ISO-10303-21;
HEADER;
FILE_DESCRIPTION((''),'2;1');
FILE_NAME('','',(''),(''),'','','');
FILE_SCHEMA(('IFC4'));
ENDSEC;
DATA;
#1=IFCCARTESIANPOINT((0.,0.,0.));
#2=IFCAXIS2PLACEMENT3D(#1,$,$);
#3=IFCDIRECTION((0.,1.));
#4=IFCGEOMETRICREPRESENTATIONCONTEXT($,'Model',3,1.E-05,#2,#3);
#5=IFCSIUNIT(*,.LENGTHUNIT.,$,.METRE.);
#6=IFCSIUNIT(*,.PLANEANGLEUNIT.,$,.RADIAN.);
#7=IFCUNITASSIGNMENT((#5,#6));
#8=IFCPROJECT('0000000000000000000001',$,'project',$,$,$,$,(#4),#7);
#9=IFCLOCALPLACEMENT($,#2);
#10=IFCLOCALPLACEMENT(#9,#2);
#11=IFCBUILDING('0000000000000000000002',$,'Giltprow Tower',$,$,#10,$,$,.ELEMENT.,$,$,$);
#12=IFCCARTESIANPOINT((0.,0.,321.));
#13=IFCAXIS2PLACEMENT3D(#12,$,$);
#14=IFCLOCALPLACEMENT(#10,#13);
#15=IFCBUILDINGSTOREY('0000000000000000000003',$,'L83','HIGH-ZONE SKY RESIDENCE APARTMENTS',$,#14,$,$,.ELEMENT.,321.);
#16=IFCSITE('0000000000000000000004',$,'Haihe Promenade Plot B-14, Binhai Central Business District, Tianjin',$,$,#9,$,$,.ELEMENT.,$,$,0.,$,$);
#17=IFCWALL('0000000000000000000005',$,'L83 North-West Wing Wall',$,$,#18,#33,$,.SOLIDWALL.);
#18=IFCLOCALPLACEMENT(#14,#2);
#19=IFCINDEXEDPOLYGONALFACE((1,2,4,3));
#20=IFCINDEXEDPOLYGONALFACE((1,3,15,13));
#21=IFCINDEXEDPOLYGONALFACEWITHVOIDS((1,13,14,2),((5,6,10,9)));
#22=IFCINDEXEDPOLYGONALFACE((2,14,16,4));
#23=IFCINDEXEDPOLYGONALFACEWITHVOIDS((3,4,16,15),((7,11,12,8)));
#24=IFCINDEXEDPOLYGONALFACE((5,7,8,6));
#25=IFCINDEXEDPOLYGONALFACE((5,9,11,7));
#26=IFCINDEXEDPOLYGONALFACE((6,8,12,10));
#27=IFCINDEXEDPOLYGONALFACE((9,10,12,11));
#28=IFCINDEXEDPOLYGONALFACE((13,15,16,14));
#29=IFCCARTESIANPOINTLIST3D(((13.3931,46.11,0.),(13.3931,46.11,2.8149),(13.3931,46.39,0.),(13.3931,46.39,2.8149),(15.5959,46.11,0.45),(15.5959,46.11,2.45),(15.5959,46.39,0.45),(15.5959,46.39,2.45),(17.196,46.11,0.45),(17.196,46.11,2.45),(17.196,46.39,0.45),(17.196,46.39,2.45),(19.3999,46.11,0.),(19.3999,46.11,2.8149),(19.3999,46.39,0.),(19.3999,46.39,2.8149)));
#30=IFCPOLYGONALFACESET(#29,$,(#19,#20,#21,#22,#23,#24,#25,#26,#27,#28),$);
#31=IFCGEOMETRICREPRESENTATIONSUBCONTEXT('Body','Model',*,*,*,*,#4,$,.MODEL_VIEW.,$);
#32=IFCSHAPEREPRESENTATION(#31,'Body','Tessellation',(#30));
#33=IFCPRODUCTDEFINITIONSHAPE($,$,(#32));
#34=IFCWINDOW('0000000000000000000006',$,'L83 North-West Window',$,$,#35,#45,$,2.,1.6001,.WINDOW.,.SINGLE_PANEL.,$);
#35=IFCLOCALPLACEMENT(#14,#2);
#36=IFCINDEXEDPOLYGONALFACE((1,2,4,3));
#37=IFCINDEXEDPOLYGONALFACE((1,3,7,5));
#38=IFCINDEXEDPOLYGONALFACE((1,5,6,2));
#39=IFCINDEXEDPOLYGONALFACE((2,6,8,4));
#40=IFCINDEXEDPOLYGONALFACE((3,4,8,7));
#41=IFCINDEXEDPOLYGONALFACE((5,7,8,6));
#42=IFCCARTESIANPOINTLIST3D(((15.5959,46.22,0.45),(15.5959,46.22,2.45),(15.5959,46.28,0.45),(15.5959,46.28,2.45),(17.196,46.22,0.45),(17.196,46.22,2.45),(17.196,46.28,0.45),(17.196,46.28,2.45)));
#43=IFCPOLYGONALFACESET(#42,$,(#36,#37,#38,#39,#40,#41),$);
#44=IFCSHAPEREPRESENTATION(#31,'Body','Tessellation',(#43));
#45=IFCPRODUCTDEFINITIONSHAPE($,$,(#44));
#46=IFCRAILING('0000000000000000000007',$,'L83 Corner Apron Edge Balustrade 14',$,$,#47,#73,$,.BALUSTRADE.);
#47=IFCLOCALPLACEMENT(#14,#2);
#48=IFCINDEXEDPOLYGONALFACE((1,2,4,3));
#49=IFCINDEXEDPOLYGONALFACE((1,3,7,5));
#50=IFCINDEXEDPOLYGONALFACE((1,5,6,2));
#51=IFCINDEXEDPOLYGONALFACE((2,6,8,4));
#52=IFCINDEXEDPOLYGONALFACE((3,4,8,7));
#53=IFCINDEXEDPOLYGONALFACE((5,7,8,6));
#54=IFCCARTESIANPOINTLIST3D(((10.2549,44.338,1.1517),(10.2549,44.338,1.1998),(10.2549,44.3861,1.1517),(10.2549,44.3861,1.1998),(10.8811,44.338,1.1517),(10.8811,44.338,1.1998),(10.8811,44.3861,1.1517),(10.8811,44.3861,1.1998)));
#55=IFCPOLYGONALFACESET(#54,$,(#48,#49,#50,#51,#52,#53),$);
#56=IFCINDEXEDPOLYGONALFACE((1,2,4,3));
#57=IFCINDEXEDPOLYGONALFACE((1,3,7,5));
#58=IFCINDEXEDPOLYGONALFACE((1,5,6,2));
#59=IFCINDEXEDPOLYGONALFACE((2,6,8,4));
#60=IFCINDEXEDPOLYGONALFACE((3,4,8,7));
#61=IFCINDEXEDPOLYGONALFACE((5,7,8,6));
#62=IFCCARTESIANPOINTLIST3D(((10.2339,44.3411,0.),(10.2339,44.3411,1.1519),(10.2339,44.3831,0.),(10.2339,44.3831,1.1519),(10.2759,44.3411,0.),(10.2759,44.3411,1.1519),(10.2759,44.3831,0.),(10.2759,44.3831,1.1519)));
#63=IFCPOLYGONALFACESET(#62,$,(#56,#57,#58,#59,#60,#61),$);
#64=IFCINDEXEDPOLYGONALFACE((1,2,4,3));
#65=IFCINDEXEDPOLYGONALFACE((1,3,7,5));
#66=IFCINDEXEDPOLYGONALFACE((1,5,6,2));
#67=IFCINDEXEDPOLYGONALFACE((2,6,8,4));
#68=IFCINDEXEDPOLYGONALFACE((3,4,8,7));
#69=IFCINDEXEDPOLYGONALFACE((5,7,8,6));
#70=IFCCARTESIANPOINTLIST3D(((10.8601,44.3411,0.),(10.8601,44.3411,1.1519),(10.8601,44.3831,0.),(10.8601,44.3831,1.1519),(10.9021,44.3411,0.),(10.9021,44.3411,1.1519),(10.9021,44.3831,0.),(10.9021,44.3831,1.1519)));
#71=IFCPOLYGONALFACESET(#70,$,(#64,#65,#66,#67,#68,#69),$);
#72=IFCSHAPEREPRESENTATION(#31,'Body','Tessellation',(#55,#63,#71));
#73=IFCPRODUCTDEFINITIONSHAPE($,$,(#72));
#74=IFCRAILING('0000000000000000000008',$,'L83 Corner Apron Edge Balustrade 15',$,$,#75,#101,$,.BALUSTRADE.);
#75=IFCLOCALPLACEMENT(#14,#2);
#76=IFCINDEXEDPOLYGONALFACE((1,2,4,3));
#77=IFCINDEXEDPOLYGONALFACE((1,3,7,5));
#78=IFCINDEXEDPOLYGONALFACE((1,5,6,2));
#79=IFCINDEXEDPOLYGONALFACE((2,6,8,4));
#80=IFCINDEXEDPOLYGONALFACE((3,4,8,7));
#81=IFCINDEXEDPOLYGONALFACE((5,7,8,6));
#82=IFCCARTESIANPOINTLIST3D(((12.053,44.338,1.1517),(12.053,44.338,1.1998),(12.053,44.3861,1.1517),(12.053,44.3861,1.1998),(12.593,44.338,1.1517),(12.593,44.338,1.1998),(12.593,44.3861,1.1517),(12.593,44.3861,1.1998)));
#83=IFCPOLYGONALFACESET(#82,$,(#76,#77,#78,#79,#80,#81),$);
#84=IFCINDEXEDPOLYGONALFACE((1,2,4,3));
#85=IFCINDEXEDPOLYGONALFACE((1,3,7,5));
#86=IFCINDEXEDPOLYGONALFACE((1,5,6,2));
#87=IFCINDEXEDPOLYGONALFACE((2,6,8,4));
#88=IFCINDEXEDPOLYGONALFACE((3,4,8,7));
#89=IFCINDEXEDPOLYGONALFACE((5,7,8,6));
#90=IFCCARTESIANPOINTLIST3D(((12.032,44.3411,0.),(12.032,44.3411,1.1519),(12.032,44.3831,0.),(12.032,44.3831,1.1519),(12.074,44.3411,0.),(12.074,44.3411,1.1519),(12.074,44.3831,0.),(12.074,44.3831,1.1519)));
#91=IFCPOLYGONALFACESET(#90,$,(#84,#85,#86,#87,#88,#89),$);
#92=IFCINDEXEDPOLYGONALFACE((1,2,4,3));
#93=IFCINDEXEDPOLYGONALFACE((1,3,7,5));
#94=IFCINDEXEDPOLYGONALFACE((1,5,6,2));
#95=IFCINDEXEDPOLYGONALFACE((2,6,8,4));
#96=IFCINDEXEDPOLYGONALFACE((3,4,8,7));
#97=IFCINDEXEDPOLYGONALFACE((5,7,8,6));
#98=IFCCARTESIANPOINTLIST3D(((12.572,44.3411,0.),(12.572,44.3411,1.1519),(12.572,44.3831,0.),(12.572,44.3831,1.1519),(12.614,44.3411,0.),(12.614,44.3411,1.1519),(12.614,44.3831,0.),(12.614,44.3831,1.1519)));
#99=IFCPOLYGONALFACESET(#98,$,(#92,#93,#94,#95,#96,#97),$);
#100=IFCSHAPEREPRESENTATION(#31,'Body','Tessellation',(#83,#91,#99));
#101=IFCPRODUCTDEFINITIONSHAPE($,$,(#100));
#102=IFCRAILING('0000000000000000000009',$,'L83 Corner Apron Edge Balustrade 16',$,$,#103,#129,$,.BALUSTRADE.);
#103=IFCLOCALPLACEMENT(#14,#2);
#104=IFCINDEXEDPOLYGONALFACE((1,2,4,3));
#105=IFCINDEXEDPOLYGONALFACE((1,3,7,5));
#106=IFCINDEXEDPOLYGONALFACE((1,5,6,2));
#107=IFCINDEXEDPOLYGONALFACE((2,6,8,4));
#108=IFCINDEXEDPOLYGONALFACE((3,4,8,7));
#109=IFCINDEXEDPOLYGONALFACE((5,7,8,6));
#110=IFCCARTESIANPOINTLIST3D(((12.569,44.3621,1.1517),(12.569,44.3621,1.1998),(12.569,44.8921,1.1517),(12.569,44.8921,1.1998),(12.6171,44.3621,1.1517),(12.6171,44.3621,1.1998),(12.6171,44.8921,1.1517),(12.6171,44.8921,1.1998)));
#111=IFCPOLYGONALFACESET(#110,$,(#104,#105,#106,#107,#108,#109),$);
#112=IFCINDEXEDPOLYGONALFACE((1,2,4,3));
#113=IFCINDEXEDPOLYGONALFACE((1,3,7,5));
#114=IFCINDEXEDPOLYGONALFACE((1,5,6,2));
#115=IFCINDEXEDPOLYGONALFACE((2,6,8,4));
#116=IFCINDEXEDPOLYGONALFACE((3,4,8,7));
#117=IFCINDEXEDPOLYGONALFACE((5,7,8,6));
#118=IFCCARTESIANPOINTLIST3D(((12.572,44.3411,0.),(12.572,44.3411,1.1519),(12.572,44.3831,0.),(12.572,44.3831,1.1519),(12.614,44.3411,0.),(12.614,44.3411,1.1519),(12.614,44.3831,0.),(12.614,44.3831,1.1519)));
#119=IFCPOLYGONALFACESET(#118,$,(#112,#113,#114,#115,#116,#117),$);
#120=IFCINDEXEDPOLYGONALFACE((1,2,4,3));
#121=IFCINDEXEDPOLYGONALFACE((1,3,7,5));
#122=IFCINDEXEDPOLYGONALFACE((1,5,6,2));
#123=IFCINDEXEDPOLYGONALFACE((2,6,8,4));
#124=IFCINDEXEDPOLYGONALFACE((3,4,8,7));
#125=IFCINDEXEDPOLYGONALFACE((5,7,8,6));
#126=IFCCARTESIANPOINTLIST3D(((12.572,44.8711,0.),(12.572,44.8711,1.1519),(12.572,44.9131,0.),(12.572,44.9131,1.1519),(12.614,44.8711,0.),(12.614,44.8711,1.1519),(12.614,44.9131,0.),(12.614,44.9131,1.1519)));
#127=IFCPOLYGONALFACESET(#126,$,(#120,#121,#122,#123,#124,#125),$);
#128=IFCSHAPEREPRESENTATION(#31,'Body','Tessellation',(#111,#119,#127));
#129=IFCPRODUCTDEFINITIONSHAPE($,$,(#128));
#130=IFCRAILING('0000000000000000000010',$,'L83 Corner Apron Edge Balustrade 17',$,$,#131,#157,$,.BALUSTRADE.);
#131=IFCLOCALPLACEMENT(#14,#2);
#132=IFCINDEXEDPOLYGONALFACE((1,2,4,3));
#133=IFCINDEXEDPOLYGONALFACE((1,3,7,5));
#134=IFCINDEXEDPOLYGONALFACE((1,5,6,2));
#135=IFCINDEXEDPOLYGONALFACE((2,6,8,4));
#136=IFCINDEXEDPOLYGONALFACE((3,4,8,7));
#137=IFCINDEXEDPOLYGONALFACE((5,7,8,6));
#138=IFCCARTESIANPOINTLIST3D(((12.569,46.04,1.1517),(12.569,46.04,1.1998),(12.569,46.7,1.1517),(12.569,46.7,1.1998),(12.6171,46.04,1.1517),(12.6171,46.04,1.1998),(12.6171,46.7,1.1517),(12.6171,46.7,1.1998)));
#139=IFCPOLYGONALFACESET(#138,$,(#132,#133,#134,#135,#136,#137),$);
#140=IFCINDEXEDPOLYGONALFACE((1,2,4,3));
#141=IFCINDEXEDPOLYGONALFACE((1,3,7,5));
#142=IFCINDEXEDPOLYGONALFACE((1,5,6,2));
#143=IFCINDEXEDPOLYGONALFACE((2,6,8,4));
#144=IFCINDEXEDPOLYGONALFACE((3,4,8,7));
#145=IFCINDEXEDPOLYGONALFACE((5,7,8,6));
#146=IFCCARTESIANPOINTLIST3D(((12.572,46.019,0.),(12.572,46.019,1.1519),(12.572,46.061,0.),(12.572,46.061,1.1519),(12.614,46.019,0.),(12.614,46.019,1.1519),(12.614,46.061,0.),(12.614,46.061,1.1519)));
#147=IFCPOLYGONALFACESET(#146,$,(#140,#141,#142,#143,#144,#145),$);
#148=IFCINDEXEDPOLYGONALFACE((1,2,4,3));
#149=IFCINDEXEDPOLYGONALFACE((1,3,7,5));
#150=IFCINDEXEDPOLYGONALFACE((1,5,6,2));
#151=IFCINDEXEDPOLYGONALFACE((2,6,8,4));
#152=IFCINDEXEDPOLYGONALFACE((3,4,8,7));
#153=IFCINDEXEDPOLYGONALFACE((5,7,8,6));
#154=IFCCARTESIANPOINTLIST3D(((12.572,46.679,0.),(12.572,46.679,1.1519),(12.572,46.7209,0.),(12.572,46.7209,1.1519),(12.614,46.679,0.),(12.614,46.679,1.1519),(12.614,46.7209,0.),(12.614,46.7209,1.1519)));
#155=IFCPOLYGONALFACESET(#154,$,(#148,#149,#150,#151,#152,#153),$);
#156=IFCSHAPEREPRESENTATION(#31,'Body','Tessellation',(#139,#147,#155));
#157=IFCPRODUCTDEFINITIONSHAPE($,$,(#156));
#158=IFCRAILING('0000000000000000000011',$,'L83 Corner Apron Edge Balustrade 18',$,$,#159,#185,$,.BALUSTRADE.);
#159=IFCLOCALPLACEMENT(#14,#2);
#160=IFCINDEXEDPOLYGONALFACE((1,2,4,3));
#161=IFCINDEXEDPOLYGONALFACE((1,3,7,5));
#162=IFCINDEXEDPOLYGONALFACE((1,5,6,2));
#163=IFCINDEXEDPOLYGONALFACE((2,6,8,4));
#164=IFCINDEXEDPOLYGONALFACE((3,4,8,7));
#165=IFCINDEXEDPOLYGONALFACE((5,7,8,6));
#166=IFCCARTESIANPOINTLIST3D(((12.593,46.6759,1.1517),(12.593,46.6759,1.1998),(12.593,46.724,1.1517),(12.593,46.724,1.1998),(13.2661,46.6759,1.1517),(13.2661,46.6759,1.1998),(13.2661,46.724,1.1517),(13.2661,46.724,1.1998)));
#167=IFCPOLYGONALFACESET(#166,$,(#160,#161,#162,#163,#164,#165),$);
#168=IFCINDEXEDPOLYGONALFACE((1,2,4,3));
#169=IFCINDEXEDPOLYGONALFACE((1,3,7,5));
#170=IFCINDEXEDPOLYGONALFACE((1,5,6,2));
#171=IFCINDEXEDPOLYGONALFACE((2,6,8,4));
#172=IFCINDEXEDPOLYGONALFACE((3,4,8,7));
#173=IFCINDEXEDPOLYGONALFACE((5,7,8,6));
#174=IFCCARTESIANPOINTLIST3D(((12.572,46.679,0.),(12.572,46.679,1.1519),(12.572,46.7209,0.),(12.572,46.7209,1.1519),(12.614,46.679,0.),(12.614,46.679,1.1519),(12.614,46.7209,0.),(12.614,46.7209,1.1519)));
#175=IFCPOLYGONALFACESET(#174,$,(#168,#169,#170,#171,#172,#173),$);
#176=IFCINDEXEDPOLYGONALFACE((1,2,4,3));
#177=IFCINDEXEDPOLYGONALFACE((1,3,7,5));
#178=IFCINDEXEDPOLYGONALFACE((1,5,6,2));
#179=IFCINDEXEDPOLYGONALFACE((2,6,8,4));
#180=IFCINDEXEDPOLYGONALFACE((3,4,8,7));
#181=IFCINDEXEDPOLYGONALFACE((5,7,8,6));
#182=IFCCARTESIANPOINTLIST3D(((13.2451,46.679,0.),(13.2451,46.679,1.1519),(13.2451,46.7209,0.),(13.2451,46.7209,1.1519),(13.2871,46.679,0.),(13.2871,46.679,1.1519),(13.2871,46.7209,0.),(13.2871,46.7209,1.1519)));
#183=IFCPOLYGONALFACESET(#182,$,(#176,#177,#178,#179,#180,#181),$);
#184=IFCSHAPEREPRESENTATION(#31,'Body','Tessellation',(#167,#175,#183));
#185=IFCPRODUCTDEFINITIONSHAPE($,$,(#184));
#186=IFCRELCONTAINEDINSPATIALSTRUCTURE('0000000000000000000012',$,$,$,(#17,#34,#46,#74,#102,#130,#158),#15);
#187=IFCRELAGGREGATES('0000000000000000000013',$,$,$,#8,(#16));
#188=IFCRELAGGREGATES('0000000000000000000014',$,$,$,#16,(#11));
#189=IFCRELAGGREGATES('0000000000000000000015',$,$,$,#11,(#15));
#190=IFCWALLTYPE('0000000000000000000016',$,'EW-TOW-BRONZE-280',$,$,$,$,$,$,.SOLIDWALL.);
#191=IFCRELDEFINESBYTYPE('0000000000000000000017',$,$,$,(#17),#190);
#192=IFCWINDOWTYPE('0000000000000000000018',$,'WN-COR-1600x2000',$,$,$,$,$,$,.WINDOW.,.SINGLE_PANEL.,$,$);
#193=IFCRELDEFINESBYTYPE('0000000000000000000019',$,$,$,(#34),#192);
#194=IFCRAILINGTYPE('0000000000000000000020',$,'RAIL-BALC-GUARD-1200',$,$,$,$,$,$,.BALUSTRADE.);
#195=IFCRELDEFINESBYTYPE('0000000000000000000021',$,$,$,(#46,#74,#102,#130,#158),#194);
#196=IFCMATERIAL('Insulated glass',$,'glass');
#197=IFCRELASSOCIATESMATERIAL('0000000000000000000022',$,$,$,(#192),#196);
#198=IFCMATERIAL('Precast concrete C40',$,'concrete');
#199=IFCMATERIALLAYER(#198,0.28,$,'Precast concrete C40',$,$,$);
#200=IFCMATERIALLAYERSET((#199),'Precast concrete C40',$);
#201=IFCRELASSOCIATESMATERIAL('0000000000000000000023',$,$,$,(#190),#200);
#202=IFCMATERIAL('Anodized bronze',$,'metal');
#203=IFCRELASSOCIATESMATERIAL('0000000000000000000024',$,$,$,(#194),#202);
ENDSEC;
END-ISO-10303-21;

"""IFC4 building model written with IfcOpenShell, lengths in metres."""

from ifc_helpers import new_model, si_unit, direction, frame, frame_2d, origin, origin_2d, place, context, subcontext, project, spatial, rectangle, extrude, source, transform, mapped, material, layer, layer_set, type_object, element, fill, save


model = new_model("IFC4")

# Units and contexts
model_context = context("Model", 3, precision=1e-05, world=origin(), true_north=direction((0.0, 1.0)))
body_context = subcontext(model_context, "Body", "Model", "MODEL_VIEW")
ifc_project = project(units=[si_unit("LENGTHUNIT", "METRE"), si_unit("PLANEANGLEUNIT", "RADIAN")], contexts=[model_context])

# Site, building, storey
site_placement = place(None, origin())
site = spatial("IfcSite", under=ifc_project, at=site_placement, Name="Haihe Promenade Plot B-14, Binhai Central Business District, Tianjin", CompositionType="ELEMENT", RefElevation=0.0)
building_placement = place(site_placement, origin())
building = spatial("IfcBuilding", under=site, at=building_placement, Name="Giltprow Tower", CompositionType="ELEMENT")
storey_placement = place(building_placement, frame((0.0, 0.0, 321.0)))
storey = spatial("IfcBuildingStorey", under=building, at=storey_placement, Name="L83", Description="HIGH-ZONE SKY RESIDENCE APARTMENTS", CompositionType="ELEMENT", Elevation=321.0)

# Wall, opening, window
ifc_material_1 = material(Name="Precast concrete C40", Category="concrete")
ifc_material_2 = material(Name="Insulated glass", Category="glass")
window_type = type_object("IfcWindowType", Name="WN-COR-1600x2000", PartitioningType="SINGLE_PANEL", PredefinedType="WINDOW", material=ifc_material_2)
shared_shape_1 = source(origin(), body_context, "Body", "SweptSolid", [
    extrude(rectangle(XDim=1.6001, YDim=2.0, at=frame_2d((0.8, 1.0))), frame((0.0, 0.03, 0.0), z_axis=(0.0, -1.0, 0.0), x_axis=(1.0, 0.0, 0.0)), (0.0, 0.0, 1.0), 0.0601),
])
ifc_layer_1 = layer(ifc_material_1, 0.28, Name="Precast concrete C40")
ifc_layer_set_1 = layer_set([ifc_layer_1], Name="Precast concrete C40")
wall_type_1 = type_object("IfcWallType", Name="EW-TOW-BRONZE-280", PredefinedType="SOLIDWALL", material=ifc_layer_set_1)
wall_1_placement = place(storey_placement, frame((13.3931, 46.25, 0.0), z_axis=(0.0, 0.0, 1.0), x_axis=(1.0, 0.0, 0.0)))
wall_1 = element("IfcWall", 1, at=wall_1_placement, inside=storey, type_object=wall_type_1, Name="L83 North-West Wing Wall", PredefinedType="SOLIDWALL", context=body_context, shape_type="SweptSolid", body=[
    extrude(rectangle(XDim=6.0068, YDim=0.28, at=frame_2d((3.0034, 0.0))), origin(), (0.0, 0.0, 1.0), 2.8149),
])
opening_1_placement = place(wall_1_placement, frame((2.2029, 0.0, 0.45)))
opening_1 = element("IfcOpeningElement", 2, at=opening_1_placement, cuts=wall_1, PredefinedType="OPENING", context=body_context, shape_type="SweptSolid", body=[
    extrude(rectangle(XDim=1.6001, YDim=2.0, at=frame_2d((0.8, 1.0))), frame((0.0, 0.1499, 0.0), z_axis=(0.0, -1.0, 0.0), x_axis=(1.0, 0.0, 0.0)), (0.0, 0.0, 1.0), 0.3),
])
window_1_placement = place(opening_1_placement, origin())
window_1 = element("IfcWindow", 3, at=window_1_placement, inside=storey, type_object=window_type, Name="L83 North-West Window", OverallHeight=2.0, OverallWidth=1.6001, PartitioningType="SINGLE_PANEL", PredefinedType="WINDOW", context=body_context, shape_type="MappedRepresentation", body=[
    mapped(shared_shape_1, transform((0.0, 0.0, 0.0), x_axis=(1.0, 0.0, 0.0), y_axis=(0.0, 1.0, 0.0), z_axis=(0.0, 0.0, 1.0), scale=1.0)),
])
fill(opening_1, window_1)

# Railings
ifc_material_3 = material(Name="Anodized bronze", Category="metal")
railing_type = type_object("IfcRailingType", Name="RAIL-BALC-GUARD-1200", PredefinedType="BALUSTRADE", material=ifc_material_3)
railing_1_placement = place(storey_placement, frame((10.2549, 44.3621, 0.0)))
element("IfcRailing", 4, at=railing_1_placement, inside=storey, type_object=railing_type, Name="L83 Corner Apron Edge Balustrade 14", PredefinedType="BALUSTRADE", context=body_context, shape_type="SweptSolid", body=[
    extrude(rectangle(XDim=0.0481, YDim=0.0481, at=origin_2d()), frame((0.0, 0.0, 1.1758), z_axis=(1.0, 0.0, 0.0), x_axis=(0.0, 1.0, 0.0)), (0.0, 0.0, 1.0), 0.6262),
    extrude(rectangle(XDim=0.042, YDim=0.042, at=origin_2d()), origin(), (0.0, 0.0, 1.0), 1.1519),
    extrude(rectangle(XDim=0.042, YDim=0.042, at=origin_2d()), frame((0.6262, 0.0, 0.0)), (0.0, 0.0, 1.0), 1.1519),
])
railing_2_placement = place(storey_placement, frame((12.053, 44.3621, 0.0)))
element("IfcRailing", 5, at=railing_2_placement, inside=storey, type_object=railing_type, Name="L83 Corner Apron Edge Balustrade 15", PredefinedType="BALUSTRADE", context=body_context, shape_type="SweptSolid", body=[
    extrude(rectangle(XDim=0.0481, YDim=0.0481, at=origin_2d()), frame((0.0, 0.0, 1.1758), z_axis=(1.0, 0.0, 0.0), x_axis=(0.0, 1.0, 0.0)), (0.0, 0.0, 1.0), 0.54),
    extrude(rectangle(XDim=0.042, YDim=0.042, at=origin_2d()), origin(), (0.0, 0.0, 1.0), 1.1519),
    extrude(rectangle(XDim=0.042, YDim=0.042, at=origin_2d()), frame((0.54, 0.0, 0.0)), (0.0, 0.0, 1.0), 1.1519),
])
railing_3_placement = place(storey_placement, frame((12.593, 44.3621, 0.0)))
element("IfcRailing", 6, at=railing_3_placement, inside=storey, type_object=railing_type, Name="L83 Corner Apron Edge Balustrade 16", PredefinedType="BALUSTRADE", context=body_context, shape_type="SweptSolid", body=[
    extrude(rectangle(XDim=0.0481, YDim=0.0481, at=origin_2d()), frame((0.0, 0.0, 1.1758), z_axis=(0.0, 1.0, 0.0), x_axis=(-1.0, 0.0, 0.0)), (0.0, 0.0, 1.0), 0.53),
    extrude(rectangle(XDim=0.042, YDim=0.042, at=origin_2d()), origin(), (0.0, 0.0, 1.0), 1.1519),
    extrude(rectangle(XDim=0.042, YDim=0.042, at=origin_2d()), frame((0.0, 0.53, 0.0)), (0.0, 0.0, 1.0), 1.1519),
])
railing_4_placement = place(storey_placement, frame((12.593, 46.04, 0.0)))
element("IfcRailing", 7, at=railing_4_placement, inside=storey, type_object=railing_type, Name="L83 Corner Apron Edge Balustrade 17", PredefinedType="BALUSTRADE", context=body_context, shape_type="SweptSolid", body=[
    extrude(rectangle(XDim=0.0481, YDim=0.0481, at=origin_2d()), frame((0.0, 0.0, 1.1758), z_axis=(0.0, 1.0, 0.0), x_axis=(-1.0, 0.0, 0.0)), (0.0, 0.0, 1.0), 0.6599),
    extrude(rectangle(XDim=0.042, YDim=0.042, at=origin_2d()), origin(), (0.0, 0.0, 1.0), 1.1519),
    extrude(rectangle(XDim=0.042, YDim=0.042, at=origin_2d()), frame((0.0, 0.6599, 0.0)), (0.0, 0.0, 1.0), 1.1519),
])
railing_5_placement = place(storey_placement, frame((12.593, 46.7, 0.0)))
element("IfcRailing", 8, at=railing_5_placement, inside=storey, type_object=railing_type, Name="L83 Corner Apron Edge Balustrade 18", PredefinedType="BALUSTRADE", context=body_context, shape_type="SweptSolid", body=[
    extrude(rectangle(XDim=0.0481, YDim=0.0481, at=origin_2d()), frame((0.0, 0.0, 1.1758), z_axis=(1.0, 0.0, 0.0), x_axis=(0.0, 1.0, 0.0)), (0.0, 0.0, 1.0), 0.6731),
    extrude(rectangle(XDim=0.042, YDim=0.042, at=origin_2d()), origin(), (0.0, 0.0, 1.0), 1.1519),
    extrude(rectangle(XDim=0.042, YDim=0.042, at=origin_2d()), frame((0.6731, 0.0, 0.0)), (0.0, 0.0, 1.0), 1.1519),
])

save(model, "model.ifc")
